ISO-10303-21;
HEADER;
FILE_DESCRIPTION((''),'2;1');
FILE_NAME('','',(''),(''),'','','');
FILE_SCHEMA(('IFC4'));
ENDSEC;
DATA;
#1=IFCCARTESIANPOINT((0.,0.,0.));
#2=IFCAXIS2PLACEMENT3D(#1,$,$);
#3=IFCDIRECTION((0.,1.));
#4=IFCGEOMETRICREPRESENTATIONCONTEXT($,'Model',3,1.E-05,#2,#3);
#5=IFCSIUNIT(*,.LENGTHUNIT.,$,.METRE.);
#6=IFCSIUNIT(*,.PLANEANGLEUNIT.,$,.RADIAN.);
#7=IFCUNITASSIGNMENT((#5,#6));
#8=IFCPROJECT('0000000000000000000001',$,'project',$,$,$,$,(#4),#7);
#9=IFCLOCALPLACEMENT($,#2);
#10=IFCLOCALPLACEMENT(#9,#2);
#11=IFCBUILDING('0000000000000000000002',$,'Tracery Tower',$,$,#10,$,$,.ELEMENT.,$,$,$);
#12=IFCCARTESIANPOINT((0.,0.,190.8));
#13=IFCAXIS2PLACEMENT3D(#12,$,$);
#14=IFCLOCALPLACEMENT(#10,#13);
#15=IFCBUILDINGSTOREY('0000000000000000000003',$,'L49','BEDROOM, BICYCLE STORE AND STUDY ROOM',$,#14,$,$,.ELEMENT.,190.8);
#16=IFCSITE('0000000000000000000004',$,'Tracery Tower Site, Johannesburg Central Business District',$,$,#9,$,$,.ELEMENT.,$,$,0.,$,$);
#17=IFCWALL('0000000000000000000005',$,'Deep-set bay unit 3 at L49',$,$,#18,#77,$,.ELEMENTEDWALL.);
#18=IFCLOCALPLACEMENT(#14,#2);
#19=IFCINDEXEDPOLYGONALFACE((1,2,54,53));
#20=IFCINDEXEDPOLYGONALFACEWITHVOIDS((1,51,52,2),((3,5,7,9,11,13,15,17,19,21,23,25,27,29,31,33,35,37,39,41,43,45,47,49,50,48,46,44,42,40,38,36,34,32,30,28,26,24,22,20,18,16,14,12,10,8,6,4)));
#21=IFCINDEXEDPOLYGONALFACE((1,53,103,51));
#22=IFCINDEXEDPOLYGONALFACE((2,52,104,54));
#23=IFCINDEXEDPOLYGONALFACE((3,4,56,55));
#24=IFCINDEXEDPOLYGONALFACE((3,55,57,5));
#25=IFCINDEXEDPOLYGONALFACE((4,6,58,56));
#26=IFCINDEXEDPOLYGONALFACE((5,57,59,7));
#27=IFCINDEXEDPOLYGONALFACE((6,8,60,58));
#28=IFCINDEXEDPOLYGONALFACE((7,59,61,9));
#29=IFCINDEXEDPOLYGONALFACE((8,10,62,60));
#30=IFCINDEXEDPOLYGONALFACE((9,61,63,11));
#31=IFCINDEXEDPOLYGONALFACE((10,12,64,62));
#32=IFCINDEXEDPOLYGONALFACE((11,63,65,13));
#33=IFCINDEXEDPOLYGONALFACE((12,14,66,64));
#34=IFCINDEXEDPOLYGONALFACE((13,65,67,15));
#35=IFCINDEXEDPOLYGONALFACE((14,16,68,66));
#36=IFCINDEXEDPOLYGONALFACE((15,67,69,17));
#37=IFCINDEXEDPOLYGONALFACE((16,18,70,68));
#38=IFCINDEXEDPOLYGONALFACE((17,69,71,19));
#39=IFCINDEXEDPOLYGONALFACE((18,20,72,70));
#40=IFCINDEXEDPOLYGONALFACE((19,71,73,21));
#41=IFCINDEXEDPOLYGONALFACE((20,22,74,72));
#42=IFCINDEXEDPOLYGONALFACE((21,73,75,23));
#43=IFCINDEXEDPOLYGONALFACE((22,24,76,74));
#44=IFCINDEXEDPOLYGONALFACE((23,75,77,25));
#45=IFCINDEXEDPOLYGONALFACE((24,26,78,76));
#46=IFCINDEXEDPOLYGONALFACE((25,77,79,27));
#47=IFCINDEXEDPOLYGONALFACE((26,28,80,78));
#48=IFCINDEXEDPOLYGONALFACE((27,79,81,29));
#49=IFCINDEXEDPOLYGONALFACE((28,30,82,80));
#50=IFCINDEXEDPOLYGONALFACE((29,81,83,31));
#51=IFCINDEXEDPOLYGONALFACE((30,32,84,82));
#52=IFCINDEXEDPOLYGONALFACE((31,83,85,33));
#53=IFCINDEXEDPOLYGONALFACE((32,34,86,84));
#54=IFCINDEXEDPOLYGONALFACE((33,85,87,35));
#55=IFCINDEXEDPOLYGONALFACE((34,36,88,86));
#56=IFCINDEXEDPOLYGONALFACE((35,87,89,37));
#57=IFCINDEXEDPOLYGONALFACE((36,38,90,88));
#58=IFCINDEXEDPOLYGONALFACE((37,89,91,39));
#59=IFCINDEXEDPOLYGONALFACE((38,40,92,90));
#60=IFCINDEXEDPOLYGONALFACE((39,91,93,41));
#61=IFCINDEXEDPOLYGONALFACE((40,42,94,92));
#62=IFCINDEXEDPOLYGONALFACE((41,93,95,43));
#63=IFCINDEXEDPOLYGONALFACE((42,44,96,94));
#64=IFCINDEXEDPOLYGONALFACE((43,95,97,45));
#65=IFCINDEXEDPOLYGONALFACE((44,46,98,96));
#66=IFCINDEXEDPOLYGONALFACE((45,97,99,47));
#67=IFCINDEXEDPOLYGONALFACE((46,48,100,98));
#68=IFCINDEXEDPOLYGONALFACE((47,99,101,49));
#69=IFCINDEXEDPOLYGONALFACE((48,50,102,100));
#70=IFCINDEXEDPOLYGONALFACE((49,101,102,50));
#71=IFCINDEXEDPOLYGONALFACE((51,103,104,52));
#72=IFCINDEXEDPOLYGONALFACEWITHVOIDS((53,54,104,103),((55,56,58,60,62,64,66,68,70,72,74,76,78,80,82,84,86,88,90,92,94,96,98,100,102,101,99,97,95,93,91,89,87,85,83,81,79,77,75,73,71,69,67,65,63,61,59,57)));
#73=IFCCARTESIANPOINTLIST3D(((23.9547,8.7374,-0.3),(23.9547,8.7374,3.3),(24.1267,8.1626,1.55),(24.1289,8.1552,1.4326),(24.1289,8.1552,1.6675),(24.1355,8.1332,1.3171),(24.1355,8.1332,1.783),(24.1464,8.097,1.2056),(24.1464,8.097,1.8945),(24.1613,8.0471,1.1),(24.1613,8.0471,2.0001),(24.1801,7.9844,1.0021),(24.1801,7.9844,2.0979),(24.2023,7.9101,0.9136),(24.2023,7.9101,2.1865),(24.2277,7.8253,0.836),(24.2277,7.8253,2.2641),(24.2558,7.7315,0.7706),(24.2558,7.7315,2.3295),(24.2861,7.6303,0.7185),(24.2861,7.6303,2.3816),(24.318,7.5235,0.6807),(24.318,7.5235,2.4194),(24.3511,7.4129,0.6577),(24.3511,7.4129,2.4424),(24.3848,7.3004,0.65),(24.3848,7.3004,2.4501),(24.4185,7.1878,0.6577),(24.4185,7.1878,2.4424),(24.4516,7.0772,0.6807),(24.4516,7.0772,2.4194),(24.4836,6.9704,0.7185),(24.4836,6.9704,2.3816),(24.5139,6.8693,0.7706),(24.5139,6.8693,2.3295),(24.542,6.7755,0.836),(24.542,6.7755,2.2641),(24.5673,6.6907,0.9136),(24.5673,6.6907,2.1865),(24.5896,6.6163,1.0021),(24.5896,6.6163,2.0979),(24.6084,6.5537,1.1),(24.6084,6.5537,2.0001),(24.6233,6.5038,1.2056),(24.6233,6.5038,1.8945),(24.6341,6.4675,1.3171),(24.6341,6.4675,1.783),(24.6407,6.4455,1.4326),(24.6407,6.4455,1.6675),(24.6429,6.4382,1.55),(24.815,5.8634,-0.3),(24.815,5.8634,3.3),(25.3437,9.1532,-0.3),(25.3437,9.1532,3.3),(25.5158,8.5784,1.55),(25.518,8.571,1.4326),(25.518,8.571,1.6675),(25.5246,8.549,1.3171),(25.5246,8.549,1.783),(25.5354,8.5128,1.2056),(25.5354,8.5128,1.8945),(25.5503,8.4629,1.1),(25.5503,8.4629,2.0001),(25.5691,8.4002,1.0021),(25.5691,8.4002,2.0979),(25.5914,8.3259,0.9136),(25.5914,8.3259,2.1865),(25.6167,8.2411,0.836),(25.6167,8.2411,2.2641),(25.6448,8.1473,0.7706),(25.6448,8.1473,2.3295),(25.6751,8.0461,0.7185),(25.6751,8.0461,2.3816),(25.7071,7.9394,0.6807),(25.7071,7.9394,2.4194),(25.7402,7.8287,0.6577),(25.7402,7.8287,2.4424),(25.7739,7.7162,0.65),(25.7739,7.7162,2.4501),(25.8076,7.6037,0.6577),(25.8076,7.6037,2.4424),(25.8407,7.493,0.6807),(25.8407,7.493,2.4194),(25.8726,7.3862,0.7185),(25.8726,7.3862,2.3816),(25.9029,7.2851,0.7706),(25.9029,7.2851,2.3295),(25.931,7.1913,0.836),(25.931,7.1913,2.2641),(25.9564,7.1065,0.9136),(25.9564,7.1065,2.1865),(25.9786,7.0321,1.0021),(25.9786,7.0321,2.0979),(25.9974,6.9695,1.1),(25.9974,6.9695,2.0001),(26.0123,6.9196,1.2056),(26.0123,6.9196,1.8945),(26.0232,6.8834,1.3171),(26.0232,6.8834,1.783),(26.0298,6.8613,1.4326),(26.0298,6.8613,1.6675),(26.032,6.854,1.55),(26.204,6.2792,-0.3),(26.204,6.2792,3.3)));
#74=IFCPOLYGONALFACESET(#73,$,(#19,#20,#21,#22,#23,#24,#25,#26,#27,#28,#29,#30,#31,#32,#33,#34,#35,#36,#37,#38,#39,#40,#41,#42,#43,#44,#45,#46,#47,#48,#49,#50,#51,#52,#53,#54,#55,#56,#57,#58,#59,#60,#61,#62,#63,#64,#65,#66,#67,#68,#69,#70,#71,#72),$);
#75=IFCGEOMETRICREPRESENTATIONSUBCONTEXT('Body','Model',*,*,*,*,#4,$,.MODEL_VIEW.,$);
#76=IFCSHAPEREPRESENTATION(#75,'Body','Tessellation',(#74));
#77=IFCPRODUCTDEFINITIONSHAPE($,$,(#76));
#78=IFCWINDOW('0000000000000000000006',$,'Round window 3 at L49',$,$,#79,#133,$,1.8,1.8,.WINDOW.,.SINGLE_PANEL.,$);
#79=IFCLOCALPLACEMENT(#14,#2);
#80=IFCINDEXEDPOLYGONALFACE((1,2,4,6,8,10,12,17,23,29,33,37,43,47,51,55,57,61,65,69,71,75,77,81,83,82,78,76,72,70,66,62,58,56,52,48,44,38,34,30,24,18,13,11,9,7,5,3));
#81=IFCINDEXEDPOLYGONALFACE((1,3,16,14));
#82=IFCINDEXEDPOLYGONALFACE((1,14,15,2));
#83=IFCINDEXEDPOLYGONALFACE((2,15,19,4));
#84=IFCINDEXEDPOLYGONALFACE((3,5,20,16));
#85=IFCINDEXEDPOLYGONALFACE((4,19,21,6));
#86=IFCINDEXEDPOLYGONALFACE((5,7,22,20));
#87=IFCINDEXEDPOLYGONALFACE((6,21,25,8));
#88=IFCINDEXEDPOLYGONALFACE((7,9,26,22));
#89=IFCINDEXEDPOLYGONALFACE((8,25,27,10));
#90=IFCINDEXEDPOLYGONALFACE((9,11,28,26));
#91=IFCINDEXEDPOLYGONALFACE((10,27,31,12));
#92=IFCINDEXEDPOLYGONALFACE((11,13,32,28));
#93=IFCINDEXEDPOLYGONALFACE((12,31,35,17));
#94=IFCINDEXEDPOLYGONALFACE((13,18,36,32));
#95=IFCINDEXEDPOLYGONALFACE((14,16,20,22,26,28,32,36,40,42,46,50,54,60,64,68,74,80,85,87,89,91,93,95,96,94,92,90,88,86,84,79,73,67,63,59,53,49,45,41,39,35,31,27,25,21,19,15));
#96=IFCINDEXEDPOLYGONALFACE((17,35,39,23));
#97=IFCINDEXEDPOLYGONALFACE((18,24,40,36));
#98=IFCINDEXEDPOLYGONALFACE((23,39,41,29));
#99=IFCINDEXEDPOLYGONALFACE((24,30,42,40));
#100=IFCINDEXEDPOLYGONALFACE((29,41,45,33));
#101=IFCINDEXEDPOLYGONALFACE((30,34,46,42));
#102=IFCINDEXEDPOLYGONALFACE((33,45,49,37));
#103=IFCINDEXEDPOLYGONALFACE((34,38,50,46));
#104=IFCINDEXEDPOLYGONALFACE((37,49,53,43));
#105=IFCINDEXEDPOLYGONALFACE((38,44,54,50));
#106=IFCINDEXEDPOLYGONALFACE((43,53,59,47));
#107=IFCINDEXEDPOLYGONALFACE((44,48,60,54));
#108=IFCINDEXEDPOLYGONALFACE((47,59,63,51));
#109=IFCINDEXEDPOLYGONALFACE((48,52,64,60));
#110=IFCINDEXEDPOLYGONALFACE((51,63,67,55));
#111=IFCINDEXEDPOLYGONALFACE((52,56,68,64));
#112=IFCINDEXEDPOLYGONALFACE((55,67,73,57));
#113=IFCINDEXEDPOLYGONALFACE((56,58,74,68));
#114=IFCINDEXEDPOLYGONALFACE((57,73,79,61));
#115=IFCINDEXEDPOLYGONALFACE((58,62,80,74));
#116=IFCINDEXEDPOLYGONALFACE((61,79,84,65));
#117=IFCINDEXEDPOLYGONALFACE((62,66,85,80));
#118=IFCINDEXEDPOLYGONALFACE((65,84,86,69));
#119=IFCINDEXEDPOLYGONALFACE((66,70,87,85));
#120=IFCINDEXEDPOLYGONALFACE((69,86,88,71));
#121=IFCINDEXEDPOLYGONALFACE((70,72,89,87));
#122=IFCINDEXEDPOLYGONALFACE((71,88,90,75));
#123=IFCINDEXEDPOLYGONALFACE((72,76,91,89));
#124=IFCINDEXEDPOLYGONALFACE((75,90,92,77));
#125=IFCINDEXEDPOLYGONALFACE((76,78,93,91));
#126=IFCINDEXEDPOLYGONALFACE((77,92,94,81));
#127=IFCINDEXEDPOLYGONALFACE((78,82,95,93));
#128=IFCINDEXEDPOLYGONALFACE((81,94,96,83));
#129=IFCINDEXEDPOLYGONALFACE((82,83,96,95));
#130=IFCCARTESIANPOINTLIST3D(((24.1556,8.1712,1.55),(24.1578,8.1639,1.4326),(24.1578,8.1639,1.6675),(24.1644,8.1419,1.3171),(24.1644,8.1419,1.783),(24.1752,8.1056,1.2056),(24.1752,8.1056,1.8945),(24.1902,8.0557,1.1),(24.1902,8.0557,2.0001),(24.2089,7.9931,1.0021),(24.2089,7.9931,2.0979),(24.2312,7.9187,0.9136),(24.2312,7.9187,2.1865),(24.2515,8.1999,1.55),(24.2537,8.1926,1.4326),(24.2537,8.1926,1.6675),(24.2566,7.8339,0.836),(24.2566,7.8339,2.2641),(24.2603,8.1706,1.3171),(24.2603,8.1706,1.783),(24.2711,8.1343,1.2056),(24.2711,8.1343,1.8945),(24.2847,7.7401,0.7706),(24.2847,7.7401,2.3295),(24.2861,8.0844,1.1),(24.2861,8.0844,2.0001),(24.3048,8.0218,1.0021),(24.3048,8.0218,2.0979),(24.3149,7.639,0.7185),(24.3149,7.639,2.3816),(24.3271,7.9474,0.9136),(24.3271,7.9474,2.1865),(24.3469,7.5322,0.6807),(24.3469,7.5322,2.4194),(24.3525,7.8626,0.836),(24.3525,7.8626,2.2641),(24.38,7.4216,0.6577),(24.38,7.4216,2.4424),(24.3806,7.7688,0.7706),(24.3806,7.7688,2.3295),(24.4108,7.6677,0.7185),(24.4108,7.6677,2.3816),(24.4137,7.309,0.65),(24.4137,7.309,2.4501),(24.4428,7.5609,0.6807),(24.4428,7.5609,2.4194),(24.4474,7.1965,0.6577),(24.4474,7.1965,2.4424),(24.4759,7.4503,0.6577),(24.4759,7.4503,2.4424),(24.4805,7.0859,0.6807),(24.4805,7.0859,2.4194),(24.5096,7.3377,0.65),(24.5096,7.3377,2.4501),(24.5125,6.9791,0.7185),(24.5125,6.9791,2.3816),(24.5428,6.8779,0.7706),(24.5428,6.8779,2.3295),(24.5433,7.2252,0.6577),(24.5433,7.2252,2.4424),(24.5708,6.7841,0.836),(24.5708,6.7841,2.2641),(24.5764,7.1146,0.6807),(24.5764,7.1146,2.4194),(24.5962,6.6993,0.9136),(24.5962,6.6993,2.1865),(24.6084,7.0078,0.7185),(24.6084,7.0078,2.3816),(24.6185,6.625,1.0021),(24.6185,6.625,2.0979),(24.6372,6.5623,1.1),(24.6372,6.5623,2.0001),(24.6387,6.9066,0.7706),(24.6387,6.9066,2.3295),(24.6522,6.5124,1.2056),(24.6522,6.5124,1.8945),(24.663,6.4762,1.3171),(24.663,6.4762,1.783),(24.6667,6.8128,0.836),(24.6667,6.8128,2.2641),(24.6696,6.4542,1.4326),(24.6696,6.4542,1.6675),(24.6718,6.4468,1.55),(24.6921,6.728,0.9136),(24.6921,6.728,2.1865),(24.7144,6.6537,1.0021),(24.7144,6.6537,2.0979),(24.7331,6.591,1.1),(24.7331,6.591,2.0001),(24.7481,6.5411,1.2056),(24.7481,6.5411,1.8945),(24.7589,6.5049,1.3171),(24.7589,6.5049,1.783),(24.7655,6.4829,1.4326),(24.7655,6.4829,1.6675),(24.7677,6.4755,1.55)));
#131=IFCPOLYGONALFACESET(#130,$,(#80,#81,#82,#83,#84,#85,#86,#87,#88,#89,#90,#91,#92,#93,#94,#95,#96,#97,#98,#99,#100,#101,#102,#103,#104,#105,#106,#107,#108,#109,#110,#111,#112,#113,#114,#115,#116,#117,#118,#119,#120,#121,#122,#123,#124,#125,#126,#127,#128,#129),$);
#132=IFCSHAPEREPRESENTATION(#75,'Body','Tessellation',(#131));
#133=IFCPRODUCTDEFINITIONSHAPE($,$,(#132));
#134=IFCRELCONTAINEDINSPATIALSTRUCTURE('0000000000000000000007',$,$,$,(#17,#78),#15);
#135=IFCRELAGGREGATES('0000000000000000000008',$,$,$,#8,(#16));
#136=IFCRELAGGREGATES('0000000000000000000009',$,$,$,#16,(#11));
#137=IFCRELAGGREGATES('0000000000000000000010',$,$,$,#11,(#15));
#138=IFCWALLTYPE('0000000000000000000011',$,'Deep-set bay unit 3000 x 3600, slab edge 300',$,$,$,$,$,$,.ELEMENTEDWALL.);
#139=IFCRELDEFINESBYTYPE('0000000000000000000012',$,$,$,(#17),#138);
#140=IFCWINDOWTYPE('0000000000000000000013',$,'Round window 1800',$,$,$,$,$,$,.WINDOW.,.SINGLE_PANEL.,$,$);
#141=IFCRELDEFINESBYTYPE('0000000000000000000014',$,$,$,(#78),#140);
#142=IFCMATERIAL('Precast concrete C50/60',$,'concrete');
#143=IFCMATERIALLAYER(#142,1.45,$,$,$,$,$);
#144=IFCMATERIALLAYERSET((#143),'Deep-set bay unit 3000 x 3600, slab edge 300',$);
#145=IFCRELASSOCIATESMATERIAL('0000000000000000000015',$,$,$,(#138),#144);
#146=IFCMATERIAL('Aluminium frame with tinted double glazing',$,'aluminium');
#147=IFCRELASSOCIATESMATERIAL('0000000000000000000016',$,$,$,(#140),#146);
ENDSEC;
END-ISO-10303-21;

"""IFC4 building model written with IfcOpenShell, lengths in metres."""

from ifc_helpers import new_model, si_unit, direction, frame, frame_2d, origin, origin_2d, place, context, subcontext, project, spatial, rectangle, circle, extrude, material, layer, layer_set, type_object, element, fill, save


model = new_model("IFC4")

# Units and contexts
model_context = context("Model", 3, precision=1e-05, world=origin(), true_north=direction((0.0, 1.0)))
body_context = subcontext(model_context, "Body", "Model", "MODEL_VIEW")
ifc_project = project(units=[si_unit("LENGTHUNIT", "METRE"), si_unit("PLANEANGLEUNIT", "RADIAN")], contexts=[model_context])

# Site, building, storey
site_placement = place(None, origin())
site = spatial("IfcSite", under=ifc_project, at=site_placement, Name="Tracery Tower Site, Johannesburg Central Business District", CompositionType="ELEMENT", RefElevation=0.0)
building_placement = place(site_placement, origin())
building = spatial("IfcBuilding", under=site, at=building_placement, Name="Tracery Tower", CompositionType="ELEMENT")
storey_placement = place(building_placement, frame((0.0, 0.0, 190.8)))
storey = spatial("IfcBuildingStorey", under=building, at=storey_placement, Name="L49", Description="BEDROOM, BICYCLE STORE AND STUDY ROOM", CompositionType="ELEMENT", Elevation=190.8)

# Wall, opening, window
ifc_material_1 = material(Name="Precast concrete C50/60", Category="concrete")
ifc_layer_1 = layer(ifc_material_1, 1.45)
ifc_layer_set_1 = layer_set([ifc_layer_1], Name="Deep-set bay unit 3000 x 3600, slab edge 300")
wall_type_1 = type_object("IfcWallType", Name="Deep-set bay unit 3000 x 3600, slab edge 300", PredefinedType="ELEMENTEDWALL", material=ifc_layer_set_1)
wall_1_placement = place(storey_placement, frame((25.5095, 6.0713, -0.3), z_axis=(0.0, 0.0, 1.0), x_axis=(-0.28678, 0.957996, 0.0)))
wall_1 = element("IfcWall", 1, at=wall_1_placement, inside=storey, type_object=wall_type_1, Name="Deep-set bay unit 3 at L49", PredefinedType="ELEMENTEDWALL", context=body_context, shape_type="SweptSolid", body=[
    extrude(rectangle(XDim=3.0, YDim=1.45, at=frame_2d((1.5, 0.0))), origin(), (0.0, 0.0, 1.0), 3.6001),
])
opening_1_placement = place(wall_1_placement, frame((1.5, 0.0, 1.8501)))
opening_1 = element("IfcOpeningElement", 2, at=opening_1_placement, cuts=wall_1, PredefinedType="OPENING", context=body_context, shape_type="SweptSolid", body=[
    extrude(circle(Radius=0.9, at=origin_2d()), frame((0.0, 0.7349, 0.0), z_axis=(0.0, -1.0, 0.0), x_axis=(1.0, 0.0, 0.0)), (0.0, 0.0, 1.0), 1.47),
])
ifc_material_2 = material(Name="Aluminium frame with tinted double glazing", Category="aluminium")
window_type = type_object("IfcWindowType", Name="Round window 1800", PartitioningType="SINGLE_PANEL", PredefinedType="WINDOW", material=ifc_material_2)
window_1_placement = place(opening_1_placement, origin())
window_1 = element("IfcWindow", 3, at=window_1_placement, inside=storey, type_object=window_type, Name="Round window 3 at L49", OverallHeight=1.8, OverallWidth=1.8, PartitioningType="SINGLE_PANEL", PredefinedType="WINDOW", context=body_context, shape_type="SweptSolid", body=[
    extrude(circle(Radius=0.9, at=origin_2d()), frame((0.0, 0.6948, 0.0), z_axis=(0.0, -1.0, 0.0), x_axis=(1.0, 0.0, 0.0)), (0.0, 0.0, 1.0), 0.1001),
])
fill(opening_1, window_1)

save(model, "model.ifc")
